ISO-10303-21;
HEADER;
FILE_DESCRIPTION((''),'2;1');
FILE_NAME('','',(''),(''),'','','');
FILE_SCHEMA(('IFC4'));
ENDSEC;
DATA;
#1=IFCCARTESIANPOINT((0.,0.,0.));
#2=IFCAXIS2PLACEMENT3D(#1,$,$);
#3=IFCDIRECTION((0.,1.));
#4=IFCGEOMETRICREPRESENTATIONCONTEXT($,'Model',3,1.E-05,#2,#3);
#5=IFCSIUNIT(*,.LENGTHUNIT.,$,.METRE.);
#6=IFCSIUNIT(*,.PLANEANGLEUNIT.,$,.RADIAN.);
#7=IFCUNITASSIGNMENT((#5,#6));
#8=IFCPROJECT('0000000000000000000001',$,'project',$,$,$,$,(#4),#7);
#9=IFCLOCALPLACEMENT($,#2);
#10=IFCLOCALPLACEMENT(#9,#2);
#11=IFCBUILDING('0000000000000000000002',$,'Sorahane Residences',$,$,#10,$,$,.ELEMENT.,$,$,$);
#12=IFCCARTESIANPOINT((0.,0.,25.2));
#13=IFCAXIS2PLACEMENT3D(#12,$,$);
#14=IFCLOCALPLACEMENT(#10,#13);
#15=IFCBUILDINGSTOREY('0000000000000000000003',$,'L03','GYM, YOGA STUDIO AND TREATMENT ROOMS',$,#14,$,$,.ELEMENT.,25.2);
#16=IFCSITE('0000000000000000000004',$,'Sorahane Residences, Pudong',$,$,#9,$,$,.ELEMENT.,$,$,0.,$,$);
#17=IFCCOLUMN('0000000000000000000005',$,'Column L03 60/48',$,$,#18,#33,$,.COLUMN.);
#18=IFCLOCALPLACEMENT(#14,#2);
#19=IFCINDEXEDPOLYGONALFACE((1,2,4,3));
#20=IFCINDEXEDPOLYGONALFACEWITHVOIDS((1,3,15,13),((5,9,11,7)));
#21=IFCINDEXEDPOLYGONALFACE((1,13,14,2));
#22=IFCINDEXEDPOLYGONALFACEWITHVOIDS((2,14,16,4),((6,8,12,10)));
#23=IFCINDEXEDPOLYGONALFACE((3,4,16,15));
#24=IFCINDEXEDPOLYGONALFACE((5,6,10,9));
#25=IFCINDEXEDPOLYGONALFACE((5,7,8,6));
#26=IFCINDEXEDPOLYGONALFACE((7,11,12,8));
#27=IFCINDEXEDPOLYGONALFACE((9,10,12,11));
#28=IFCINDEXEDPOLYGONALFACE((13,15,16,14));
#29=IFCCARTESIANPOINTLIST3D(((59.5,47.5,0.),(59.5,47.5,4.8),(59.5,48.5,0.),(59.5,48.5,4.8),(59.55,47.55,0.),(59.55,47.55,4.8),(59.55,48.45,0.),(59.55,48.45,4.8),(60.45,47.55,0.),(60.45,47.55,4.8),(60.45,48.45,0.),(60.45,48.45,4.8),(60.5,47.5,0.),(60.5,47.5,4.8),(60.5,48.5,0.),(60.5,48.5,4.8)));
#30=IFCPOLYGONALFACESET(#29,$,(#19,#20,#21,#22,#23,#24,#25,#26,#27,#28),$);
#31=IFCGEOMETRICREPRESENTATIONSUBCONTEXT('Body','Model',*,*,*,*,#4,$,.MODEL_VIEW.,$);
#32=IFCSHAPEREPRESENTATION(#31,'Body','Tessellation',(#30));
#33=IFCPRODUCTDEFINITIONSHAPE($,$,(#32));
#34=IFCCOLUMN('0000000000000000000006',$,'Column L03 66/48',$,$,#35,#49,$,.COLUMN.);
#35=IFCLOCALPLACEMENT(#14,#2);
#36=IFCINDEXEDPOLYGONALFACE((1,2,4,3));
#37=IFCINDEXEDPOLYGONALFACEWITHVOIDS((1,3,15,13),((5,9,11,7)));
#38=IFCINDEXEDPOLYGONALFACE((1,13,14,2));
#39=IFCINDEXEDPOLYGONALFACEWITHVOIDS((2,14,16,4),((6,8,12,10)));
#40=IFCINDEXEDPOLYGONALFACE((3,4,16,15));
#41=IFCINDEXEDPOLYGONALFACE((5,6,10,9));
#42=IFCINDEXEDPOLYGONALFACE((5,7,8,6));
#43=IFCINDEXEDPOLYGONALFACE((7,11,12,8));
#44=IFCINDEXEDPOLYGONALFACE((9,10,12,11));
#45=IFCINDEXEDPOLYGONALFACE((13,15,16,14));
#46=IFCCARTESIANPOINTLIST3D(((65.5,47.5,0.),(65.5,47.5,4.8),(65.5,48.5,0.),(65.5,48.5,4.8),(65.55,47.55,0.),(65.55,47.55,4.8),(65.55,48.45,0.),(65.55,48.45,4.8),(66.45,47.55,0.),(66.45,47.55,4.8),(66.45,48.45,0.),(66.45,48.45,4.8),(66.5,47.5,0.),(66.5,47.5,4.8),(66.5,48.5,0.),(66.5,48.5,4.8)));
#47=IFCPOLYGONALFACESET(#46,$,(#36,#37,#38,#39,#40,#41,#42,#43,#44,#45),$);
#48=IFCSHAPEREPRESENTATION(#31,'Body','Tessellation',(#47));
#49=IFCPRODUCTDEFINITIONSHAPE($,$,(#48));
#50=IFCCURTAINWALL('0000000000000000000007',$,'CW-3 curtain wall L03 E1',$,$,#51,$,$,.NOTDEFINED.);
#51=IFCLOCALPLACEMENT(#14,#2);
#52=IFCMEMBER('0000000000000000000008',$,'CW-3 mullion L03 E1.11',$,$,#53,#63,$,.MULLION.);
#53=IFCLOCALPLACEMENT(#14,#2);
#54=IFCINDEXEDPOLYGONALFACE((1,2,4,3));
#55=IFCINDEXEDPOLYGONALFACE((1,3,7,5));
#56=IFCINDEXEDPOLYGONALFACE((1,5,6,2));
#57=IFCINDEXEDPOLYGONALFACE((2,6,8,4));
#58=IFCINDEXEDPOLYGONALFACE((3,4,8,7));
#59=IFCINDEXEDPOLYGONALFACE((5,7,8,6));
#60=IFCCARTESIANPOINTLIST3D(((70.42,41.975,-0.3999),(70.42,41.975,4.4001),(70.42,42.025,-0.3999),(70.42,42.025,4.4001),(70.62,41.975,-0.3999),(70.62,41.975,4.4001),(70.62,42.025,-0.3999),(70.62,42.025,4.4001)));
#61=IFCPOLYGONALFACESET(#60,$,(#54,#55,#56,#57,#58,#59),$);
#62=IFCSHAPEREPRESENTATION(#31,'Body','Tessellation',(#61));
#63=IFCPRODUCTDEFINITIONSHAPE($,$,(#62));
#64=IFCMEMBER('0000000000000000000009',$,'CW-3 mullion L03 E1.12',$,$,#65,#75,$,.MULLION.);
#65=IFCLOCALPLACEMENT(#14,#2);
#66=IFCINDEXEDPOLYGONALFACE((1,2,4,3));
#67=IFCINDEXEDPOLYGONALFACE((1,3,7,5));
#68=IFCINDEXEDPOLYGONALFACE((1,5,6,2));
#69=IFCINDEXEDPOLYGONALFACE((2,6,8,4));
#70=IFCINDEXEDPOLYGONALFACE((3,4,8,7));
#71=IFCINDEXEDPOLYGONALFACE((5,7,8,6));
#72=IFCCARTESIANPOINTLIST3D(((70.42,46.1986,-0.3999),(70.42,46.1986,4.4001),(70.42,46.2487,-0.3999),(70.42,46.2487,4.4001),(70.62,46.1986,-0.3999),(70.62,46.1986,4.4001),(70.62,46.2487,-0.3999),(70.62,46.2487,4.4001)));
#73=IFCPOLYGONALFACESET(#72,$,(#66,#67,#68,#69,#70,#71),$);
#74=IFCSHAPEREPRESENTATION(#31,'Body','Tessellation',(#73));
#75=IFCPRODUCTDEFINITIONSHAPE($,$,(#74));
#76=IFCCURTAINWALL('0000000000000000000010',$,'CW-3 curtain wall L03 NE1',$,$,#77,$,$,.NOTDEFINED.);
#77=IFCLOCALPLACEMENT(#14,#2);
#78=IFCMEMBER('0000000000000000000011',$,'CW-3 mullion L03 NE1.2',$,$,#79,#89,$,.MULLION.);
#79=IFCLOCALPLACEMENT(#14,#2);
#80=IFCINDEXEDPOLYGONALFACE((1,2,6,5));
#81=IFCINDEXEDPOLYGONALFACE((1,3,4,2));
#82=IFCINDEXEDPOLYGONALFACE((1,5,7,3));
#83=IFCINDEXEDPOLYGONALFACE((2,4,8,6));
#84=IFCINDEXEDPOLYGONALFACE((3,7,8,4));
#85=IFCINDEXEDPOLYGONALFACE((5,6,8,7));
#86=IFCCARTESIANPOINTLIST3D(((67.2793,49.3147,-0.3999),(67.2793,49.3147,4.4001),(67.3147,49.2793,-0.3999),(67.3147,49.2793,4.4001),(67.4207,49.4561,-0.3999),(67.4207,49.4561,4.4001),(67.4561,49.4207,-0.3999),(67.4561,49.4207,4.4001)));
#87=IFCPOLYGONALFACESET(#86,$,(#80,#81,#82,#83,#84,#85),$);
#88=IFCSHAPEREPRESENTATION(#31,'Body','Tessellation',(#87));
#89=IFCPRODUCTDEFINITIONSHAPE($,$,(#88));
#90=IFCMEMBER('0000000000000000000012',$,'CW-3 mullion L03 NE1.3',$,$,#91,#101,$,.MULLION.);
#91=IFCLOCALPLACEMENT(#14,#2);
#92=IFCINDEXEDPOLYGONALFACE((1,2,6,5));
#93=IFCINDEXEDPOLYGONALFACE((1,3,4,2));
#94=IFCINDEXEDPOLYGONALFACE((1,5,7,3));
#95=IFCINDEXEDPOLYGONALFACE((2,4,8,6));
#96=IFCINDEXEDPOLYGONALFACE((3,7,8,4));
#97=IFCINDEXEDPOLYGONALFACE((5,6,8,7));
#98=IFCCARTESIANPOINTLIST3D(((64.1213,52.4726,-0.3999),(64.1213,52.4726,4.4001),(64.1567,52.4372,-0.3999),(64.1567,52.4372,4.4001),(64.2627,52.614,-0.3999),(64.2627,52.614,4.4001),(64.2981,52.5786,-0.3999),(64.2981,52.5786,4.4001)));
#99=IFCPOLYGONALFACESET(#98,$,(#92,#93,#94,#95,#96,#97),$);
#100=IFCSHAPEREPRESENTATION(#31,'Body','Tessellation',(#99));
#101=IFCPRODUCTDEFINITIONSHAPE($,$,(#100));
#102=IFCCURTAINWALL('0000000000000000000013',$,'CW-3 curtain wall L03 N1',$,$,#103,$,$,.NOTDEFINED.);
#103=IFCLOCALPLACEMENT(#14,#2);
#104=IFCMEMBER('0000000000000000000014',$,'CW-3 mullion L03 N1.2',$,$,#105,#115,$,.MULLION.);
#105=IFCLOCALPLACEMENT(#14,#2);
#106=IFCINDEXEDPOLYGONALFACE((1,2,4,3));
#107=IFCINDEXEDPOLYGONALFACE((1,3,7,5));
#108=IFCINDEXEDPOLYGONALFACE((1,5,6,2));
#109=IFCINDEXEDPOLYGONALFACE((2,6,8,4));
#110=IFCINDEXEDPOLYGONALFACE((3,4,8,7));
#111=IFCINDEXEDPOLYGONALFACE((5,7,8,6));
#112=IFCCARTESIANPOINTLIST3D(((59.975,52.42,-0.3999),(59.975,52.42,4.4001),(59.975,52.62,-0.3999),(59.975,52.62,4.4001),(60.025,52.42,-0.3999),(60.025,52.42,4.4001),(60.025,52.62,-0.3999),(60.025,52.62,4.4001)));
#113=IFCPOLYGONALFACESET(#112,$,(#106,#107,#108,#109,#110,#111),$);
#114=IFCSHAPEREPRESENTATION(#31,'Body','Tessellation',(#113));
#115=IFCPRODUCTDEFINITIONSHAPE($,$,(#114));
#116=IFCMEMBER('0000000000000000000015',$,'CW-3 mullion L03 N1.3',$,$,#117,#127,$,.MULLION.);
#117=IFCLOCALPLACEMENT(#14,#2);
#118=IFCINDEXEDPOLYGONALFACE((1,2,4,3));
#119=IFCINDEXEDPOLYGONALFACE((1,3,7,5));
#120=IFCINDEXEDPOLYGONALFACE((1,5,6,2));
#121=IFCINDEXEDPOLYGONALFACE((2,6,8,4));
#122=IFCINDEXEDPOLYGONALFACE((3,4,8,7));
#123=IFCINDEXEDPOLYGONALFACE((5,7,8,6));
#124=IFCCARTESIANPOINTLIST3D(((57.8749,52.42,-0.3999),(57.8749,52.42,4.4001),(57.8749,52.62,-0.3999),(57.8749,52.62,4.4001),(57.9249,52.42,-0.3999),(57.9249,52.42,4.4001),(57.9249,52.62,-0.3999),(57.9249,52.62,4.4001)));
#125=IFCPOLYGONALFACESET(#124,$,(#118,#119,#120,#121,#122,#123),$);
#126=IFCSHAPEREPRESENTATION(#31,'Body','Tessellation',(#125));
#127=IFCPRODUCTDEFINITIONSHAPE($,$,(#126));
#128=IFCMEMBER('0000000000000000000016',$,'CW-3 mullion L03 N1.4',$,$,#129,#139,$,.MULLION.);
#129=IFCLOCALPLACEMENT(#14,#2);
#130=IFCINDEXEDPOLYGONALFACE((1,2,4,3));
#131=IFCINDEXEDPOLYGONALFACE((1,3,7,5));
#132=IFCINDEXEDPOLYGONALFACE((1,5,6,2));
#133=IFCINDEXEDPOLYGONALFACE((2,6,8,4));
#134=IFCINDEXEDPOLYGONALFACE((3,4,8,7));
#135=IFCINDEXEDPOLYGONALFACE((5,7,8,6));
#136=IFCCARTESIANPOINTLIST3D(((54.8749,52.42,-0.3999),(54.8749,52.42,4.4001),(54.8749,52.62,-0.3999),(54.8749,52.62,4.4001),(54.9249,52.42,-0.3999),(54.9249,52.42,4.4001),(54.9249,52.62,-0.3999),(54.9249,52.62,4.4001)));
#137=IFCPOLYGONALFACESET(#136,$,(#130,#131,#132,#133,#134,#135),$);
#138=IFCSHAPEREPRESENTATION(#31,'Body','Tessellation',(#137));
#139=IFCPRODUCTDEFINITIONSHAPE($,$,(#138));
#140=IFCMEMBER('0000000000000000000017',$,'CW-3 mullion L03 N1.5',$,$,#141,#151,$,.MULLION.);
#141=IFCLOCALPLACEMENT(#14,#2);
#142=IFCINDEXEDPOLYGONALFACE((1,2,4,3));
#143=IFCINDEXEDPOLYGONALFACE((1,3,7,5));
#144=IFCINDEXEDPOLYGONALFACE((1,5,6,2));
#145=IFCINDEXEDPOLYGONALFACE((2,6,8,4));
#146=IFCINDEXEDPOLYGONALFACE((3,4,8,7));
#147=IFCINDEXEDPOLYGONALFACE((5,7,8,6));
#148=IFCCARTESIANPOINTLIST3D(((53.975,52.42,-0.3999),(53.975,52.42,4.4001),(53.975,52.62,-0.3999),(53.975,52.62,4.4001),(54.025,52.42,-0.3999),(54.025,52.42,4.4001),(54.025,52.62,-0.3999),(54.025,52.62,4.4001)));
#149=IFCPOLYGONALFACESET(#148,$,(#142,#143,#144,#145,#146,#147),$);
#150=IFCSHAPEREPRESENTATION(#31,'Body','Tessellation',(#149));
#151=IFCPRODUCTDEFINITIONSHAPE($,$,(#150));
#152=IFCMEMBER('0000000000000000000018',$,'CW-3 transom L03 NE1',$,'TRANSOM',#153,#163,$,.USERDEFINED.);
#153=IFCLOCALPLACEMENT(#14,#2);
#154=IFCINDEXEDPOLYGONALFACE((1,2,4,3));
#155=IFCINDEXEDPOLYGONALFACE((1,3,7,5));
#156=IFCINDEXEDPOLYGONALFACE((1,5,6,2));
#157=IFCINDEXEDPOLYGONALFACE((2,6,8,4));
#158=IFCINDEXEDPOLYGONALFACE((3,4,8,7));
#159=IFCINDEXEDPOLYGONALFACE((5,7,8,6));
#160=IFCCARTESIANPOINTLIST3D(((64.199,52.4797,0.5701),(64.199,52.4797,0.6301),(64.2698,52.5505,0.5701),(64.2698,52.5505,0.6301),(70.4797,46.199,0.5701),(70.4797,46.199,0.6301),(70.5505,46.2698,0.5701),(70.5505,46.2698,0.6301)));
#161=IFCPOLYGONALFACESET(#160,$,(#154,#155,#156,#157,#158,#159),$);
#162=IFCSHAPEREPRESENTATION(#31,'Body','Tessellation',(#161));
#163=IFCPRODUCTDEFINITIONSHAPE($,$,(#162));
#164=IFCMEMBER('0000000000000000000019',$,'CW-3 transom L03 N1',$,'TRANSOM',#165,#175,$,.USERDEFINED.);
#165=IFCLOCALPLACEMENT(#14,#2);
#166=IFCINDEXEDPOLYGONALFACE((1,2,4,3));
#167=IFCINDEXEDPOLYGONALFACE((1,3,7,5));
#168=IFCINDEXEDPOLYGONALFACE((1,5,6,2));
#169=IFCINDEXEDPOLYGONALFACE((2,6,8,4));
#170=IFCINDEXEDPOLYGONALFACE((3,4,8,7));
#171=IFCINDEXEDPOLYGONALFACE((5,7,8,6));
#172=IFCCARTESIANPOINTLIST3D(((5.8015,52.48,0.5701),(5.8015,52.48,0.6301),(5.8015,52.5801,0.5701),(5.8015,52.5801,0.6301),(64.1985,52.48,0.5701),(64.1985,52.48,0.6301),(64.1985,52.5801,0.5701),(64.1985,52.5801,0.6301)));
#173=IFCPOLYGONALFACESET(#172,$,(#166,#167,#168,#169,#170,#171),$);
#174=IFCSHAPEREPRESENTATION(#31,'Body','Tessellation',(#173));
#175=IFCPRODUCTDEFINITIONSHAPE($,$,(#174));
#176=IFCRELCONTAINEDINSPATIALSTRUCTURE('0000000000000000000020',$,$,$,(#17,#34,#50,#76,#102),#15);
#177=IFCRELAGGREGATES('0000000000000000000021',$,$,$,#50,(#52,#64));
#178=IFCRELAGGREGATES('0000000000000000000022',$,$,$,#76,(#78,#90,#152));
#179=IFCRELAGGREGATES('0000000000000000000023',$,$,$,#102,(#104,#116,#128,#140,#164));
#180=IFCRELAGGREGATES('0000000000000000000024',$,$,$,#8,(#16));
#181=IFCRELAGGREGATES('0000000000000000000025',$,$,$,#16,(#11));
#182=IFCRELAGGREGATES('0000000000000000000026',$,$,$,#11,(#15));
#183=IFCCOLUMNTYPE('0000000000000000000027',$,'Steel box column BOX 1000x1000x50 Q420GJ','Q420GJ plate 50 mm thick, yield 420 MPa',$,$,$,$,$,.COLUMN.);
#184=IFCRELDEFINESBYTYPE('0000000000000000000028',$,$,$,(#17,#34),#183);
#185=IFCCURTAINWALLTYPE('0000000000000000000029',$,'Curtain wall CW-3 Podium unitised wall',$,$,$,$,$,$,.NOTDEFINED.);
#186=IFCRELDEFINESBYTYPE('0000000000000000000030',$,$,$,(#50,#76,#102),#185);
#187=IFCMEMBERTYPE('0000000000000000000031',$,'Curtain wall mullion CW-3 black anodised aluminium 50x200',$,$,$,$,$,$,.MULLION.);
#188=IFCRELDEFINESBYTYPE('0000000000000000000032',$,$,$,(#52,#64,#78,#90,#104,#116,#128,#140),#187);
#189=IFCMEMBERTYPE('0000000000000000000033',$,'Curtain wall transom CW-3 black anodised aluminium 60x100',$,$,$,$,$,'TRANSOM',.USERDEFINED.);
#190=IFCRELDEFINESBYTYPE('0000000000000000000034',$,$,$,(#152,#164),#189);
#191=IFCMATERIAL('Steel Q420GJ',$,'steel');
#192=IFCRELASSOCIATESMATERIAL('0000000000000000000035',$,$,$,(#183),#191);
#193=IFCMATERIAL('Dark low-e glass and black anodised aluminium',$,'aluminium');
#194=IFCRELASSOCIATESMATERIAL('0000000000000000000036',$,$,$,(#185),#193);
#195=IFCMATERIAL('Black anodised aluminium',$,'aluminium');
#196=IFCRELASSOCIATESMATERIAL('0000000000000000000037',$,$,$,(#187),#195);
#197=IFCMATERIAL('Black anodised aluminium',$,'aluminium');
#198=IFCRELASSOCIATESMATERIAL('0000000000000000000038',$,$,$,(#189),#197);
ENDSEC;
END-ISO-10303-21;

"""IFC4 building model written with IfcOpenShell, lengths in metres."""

from ifc_helpers import new_model, si_unit, direction, frame, origin, origin_2d, place, context, subcontext, project, spatial, rectangle, hollow_rectangle, extrude, material, material_profile, profile_set, type_object, element, aggregate, save


model = new_model("IFC4")

# Units and contexts
model_context = context("Model", 3, precision=1e-05, world=origin(), true_north=direction((0.0, 1.0)))
body_context = subcontext(model_context, "Body", "Model", "MODEL_VIEW")
ifc_project = project(units=[si_unit("LENGTHUNIT", "METRE"), si_unit("PLANEANGLEUNIT", "RADIAN")], contexts=[model_context])

# Site, building, storey
site_placement = place(None, origin())
site = spatial("IfcSite", under=ifc_project, at=site_placement, Name="Sorahane Residences, Pudong", CompositionType="ELEMENT", RefElevation=0.0)
building_placement = place(site_placement, origin())
building = spatial("IfcBuilding", under=site, at=building_placement, Name="Sorahane Residences", CompositionType="ELEMENT")
storey_placement = place(building_placement, frame((0.0, 0.0, 25.2)))
storey = spatial("IfcBuildingStorey", under=building, at=storey_placement, Name="L03", Description="GYM, YOGA STUDIO AND TREATMENT ROOMS", CompositionType="ELEMENT", Elevation=25.2)

# Columns
ifc_material_1 = material(Name="Steel Q420GJ", Category="steel")
ifc_material_profile_1 = material_profile(ifc_material_1, hollow_rectangle(XDim=1.0, YDim=1.0, WallThickness=0.05, at=origin_2d()), Name="BOX 1000x1000x50")
ifc_profile_set_1 = profile_set([ifc_material_profile_1], Name="Steel Q420GJ")
column_type = type_object("IfcColumnType", Name="Steel box column BOX 1000x1000x50 Q420GJ", Description="Q420GJ plate 50 mm thick, yield 420 MPa", PredefinedType="COLUMN", material=ifc_profile_set_1)
for number, where, z_axis, x_axis, name in (
    (1, (60.0, 48.0, 0.0), (0.0, 0.0, 1.0), (1.0, 0.0, 0.0), "Column L03 60/48"),
    (2, (66.0, 48.0, 0.0), (0.0, 0.0, 1.0), (1.0, 0.0, 0.0), "Column L03 66/48"),
):
    element("IfcColumn", number, at=place(storey_placement, frame(where, z_axis=z_axis, x_axis=x_axis)), inside=storey, type_object=column_type, Name=name, PredefinedType="COLUMN", context=body_context, shape_type="SweptSolid", body=[
        extrude(hollow_rectangle(XDim=1.0, YDim=1.0, WallThickness=0.05, at=origin_2d()), origin(), (0.0, 0.0, 1.0), 4.8),
    ])

# Curtain walls, members
ifc_material_2 = material(Name="Dark low-e glass and black anodised aluminium", Category="aluminium")
curtain_wall_type = type_object("IfcCurtainWallType", Name="Curtain wall CW-3 Podium unitised wall", PredefinedType="NOTDEFINED", material=ifc_material_2)
curtain_wall_1_placement = place(storey_placement, origin())
curtain_wall_1 = element("IfcCurtainWall", 3, at=curtain_wall_1_placement, inside=storey, type_object=curtain_wall_type, Name="CW-3 curtain wall L03 E1", PredefinedType="NOTDEFINED")
ifc_material_3 = material(Name="Black anodised aluminium", Category="aluminium")
ifc_material_profile_2 = material_profile(ifc_material_3, rectangle(XDim=0.2, YDim=0.05, at=origin_2d()), Name="Curtain wall mullion CW-3 black anodised aluminium 50x200")
ifc_profile_set_2 = profile_set([ifc_material_profile_2], Name="Black anodised aluminium")
member_type_1 = type_object("IfcMemberType", Name="Curtain wall mullion CW-3 black anodised aluminium 50x200", PredefinedType="MULLION", material=ifc_profile_set_2)
member_1_placement = place(storey_placement, frame((70.52, 42.0, -0.3999), z_axis=(0.0, 0.0, 1.0), x_axis=(1.0, 0.0, 0.0)))
member_1 = element("IfcMember", 4, at=member_1_placement, type_object=member_type_1, Name="CW-3 mullion L03 E1.11", PredefinedType="MULLION", context=body_context, shape_type="SweptSolid", body=[
    extrude(rectangle(XDim=0.2, YDim=0.05, at=origin_2d()), origin(), (0.0, 0.0, 1.0), 4.8),
])
member_2_placement = place(storey_placement, frame((70.52, 46.2236, -0.3999), z_axis=(0.0, 0.0, 1.0), x_axis=(1.0, 0.0, 0.0)))
member_2 = element("IfcMember", 5, at=member_2_placement, type_object=member_type_1, Name="CW-3 mullion L03 E1.12", PredefinedType="MULLION", context=body_context, shape_type="SweptSolid", body=[
    extrude(rectangle(XDim=0.2, YDim=0.05, at=origin_2d()), origin(), (0.0, 0.0, 1.0), 4.8),
])
curtain_wall_2_placement = place(storey_placement, origin())
curtain_wall_2 = element("IfcCurtainWall", 6, at=curtain_wall_2_placement, inside=storey, type_object=curtain_wall_type, Name="CW-3 curtain wall L03 NE1", PredefinedType="NOTDEFINED")
member_3_placement = place(storey_placement, frame((67.3677, 49.3677, -0.3999), z_axis=(0.0, 0.0, 1.0), x_axis=(0.707107, 0.707107, 0.0)))
member_3 = element("IfcMember", 7, at=member_3_placement, type_object=member_type_1, Name="CW-3 mullion L03 NE1.2", PredefinedType="MULLION", context=body_context, shape_type="SweptSolid", body=[
    extrude(rectangle(XDim=0.2, YDim=0.05, at=origin_2d()), origin(), (0.0, 0.0, 1.0), 4.8),
])
member_4_placement = place(storey_placement, frame((64.2097, 52.5256, -0.3999), z_axis=(0.0, 0.0, 1.0), x_axis=(0.707107, 0.707107, 0.0)))
member_4 = element("IfcMember", 8, at=member_4_placement, type_object=member_type_1, Name="CW-3 mullion L03 NE1.3", PredefinedType="MULLION", context=body_context, shape_type="SweptSolid", body=[
    extrude(rectangle(XDim=0.2, YDim=0.05, at=origin_2d()), origin(), (0.0, 0.0, 1.0), 4.8),
])
curtain_wall_3_placement = place(storey_placement, origin())
curtain_wall_3 = element("IfcCurtainWall", 9, at=curtain_wall_3_placement, inside=storey, type_object=curtain_wall_type, Name="CW-3 curtain wall L03 N1", PredefinedType="NOTDEFINED")
member_5_placement = place(storey_placement, frame((60.0, 52.52, -0.3999), z_axis=(0.0, 0.0, 1.0), x_axis=(0.0, 1.0, 0.0)))
member_5 = element("IfcMember", 10, at=member_5_placement, type_object=member_type_1, Name="CW-3 mullion L03 N1.2", PredefinedType="MULLION", context=body_context, shape_type="SweptSolid", body=[
    extrude(rectangle(XDim=0.2, YDim=0.05, at=origin_2d()), origin(), (0.0, 0.0, 1.0), 4.8),
])
member_6_placement = place(storey_placement, frame((57.8999, 52.52, -0.3999), z_axis=(0.0, 0.0, 1.0), x_axis=(0.0, 1.0, 0.0)))
member_6 = element("IfcMember", 11, at=member_6_placement, type_object=member_type_1, Name="CW-3 mullion L03 N1.3", PredefinedType="MULLION", context=body_context, shape_type="SweptSolid", body=[
    extrude(rectangle(XDim=0.2, YDim=0.05, at=origin_2d()), origin(), (0.0, 0.0, 1.0), 4.8),
])
member_7_placement = place(storey_placement, frame((54.8999, 52.52, -0.3999), z_axis=(0.0, 0.0, 1.0), x_axis=(0.0, 1.0, 0.0)))
member_7 = element("IfcMember", 12, at=member_7_placement, type_object=member_type_1, Name="CW-3 mullion L03 N1.4", PredefinedType="MULLION", context=body_context, shape_type="SweptSolid", body=[
    extrude(rectangle(XDim=0.2, YDim=0.05, at=origin_2d()), origin(), (0.0, 0.0, 1.0), 4.8),
])
member_8_placement = place(storey_placement, frame((54.0, 52.52, -0.3999), z_axis=(0.0, 0.0, 1.0), x_axis=(0.0, 1.0, 0.0)))
member_8 = element("IfcMember", 13, at=member_8_placement, type_object=member_type_1, Name="CW-3 mullion L03 N1.5", PredefinedType="MULLION", context=body_context, shape_type="SweptSolid", body=[
    extrude(rectangle(XDim=0.2, YDim=0.05, at=origin_2d()), origin(), (0.0, 0.0, 1.0), 4.8),
])

# Members
ifc_material_4 = material(Name="Black anodised aluminium", Category="aluminium")
ifc_material_profile_3 = material_profile(ifc_material_4, rectangle(XDim=0.1001, YDim=0.0601, at=origin_2d()), Name="Curtain wall transom CW-3 black anodised aluminium 60x100")
ifc_profile_set_3 = profile_set([ifc_material_profile_3], Name="Black anodised aluminium")
member_type_2 = type_object("IfcMemberType", Name="Curtain wall transom CW-3 black anodised aluminium 60x100", ElementType="TRANSOM", PredefinedType="USERDEFINED", material=ifc_profile_set_3)
member_9_placement = place(storey_placement, frame((70.5151, 46.2344, 0.6001), z_axis=(-0.707107, 0.707107, 0.0), x_axis=(-0.707107, -0.707107, 0.0)))
member_9 = element("IfcMember", 14, at=member_9_placement, type_object=member_type_2, Name="CW-3 transom L03 NE1", ObjectType="TRANSOM", PredefinedType="USERDEFINED", context=body_context, shape_type="SweptSolid", body=[
    extrude(rectangle(XDim=0.1001, YDim=0.0601, at=origin_2d()), origin(), (0.0, 0.0, 1.0), 8.8823),
])
member_10_placement = place(storey_placement, frame((64.1985, 52.53, 0.6001), z_axis=(-1.0, 0.0, 0.0), x_axis=(0.0, -1.0, 0.0)))
member_10 = element("IfcMember", 15, at=member_10_placement, type_object=member_type_2, Name="CW-3 transom L03 N1", ObjectType="TRANSOM", PredefinedType="USERDEFINED", context=body_context, shape_type="SweptSolid", body=[
    extrude(rectangle(XDim=0.1001, YDim=0.0601, at=origin_2d()), origin(), (0.0, 0.0, 1.0), 58.397),
])

aggregate(curtain_wall_1, [member_1, member_2])
aggregate(curtain_wall_2, [member_3, member_4, member_9])
aggregate(curtain_wall_3, [member_5, member_6, member_7, member_8, member_10])

save(model, "model.ifc")
